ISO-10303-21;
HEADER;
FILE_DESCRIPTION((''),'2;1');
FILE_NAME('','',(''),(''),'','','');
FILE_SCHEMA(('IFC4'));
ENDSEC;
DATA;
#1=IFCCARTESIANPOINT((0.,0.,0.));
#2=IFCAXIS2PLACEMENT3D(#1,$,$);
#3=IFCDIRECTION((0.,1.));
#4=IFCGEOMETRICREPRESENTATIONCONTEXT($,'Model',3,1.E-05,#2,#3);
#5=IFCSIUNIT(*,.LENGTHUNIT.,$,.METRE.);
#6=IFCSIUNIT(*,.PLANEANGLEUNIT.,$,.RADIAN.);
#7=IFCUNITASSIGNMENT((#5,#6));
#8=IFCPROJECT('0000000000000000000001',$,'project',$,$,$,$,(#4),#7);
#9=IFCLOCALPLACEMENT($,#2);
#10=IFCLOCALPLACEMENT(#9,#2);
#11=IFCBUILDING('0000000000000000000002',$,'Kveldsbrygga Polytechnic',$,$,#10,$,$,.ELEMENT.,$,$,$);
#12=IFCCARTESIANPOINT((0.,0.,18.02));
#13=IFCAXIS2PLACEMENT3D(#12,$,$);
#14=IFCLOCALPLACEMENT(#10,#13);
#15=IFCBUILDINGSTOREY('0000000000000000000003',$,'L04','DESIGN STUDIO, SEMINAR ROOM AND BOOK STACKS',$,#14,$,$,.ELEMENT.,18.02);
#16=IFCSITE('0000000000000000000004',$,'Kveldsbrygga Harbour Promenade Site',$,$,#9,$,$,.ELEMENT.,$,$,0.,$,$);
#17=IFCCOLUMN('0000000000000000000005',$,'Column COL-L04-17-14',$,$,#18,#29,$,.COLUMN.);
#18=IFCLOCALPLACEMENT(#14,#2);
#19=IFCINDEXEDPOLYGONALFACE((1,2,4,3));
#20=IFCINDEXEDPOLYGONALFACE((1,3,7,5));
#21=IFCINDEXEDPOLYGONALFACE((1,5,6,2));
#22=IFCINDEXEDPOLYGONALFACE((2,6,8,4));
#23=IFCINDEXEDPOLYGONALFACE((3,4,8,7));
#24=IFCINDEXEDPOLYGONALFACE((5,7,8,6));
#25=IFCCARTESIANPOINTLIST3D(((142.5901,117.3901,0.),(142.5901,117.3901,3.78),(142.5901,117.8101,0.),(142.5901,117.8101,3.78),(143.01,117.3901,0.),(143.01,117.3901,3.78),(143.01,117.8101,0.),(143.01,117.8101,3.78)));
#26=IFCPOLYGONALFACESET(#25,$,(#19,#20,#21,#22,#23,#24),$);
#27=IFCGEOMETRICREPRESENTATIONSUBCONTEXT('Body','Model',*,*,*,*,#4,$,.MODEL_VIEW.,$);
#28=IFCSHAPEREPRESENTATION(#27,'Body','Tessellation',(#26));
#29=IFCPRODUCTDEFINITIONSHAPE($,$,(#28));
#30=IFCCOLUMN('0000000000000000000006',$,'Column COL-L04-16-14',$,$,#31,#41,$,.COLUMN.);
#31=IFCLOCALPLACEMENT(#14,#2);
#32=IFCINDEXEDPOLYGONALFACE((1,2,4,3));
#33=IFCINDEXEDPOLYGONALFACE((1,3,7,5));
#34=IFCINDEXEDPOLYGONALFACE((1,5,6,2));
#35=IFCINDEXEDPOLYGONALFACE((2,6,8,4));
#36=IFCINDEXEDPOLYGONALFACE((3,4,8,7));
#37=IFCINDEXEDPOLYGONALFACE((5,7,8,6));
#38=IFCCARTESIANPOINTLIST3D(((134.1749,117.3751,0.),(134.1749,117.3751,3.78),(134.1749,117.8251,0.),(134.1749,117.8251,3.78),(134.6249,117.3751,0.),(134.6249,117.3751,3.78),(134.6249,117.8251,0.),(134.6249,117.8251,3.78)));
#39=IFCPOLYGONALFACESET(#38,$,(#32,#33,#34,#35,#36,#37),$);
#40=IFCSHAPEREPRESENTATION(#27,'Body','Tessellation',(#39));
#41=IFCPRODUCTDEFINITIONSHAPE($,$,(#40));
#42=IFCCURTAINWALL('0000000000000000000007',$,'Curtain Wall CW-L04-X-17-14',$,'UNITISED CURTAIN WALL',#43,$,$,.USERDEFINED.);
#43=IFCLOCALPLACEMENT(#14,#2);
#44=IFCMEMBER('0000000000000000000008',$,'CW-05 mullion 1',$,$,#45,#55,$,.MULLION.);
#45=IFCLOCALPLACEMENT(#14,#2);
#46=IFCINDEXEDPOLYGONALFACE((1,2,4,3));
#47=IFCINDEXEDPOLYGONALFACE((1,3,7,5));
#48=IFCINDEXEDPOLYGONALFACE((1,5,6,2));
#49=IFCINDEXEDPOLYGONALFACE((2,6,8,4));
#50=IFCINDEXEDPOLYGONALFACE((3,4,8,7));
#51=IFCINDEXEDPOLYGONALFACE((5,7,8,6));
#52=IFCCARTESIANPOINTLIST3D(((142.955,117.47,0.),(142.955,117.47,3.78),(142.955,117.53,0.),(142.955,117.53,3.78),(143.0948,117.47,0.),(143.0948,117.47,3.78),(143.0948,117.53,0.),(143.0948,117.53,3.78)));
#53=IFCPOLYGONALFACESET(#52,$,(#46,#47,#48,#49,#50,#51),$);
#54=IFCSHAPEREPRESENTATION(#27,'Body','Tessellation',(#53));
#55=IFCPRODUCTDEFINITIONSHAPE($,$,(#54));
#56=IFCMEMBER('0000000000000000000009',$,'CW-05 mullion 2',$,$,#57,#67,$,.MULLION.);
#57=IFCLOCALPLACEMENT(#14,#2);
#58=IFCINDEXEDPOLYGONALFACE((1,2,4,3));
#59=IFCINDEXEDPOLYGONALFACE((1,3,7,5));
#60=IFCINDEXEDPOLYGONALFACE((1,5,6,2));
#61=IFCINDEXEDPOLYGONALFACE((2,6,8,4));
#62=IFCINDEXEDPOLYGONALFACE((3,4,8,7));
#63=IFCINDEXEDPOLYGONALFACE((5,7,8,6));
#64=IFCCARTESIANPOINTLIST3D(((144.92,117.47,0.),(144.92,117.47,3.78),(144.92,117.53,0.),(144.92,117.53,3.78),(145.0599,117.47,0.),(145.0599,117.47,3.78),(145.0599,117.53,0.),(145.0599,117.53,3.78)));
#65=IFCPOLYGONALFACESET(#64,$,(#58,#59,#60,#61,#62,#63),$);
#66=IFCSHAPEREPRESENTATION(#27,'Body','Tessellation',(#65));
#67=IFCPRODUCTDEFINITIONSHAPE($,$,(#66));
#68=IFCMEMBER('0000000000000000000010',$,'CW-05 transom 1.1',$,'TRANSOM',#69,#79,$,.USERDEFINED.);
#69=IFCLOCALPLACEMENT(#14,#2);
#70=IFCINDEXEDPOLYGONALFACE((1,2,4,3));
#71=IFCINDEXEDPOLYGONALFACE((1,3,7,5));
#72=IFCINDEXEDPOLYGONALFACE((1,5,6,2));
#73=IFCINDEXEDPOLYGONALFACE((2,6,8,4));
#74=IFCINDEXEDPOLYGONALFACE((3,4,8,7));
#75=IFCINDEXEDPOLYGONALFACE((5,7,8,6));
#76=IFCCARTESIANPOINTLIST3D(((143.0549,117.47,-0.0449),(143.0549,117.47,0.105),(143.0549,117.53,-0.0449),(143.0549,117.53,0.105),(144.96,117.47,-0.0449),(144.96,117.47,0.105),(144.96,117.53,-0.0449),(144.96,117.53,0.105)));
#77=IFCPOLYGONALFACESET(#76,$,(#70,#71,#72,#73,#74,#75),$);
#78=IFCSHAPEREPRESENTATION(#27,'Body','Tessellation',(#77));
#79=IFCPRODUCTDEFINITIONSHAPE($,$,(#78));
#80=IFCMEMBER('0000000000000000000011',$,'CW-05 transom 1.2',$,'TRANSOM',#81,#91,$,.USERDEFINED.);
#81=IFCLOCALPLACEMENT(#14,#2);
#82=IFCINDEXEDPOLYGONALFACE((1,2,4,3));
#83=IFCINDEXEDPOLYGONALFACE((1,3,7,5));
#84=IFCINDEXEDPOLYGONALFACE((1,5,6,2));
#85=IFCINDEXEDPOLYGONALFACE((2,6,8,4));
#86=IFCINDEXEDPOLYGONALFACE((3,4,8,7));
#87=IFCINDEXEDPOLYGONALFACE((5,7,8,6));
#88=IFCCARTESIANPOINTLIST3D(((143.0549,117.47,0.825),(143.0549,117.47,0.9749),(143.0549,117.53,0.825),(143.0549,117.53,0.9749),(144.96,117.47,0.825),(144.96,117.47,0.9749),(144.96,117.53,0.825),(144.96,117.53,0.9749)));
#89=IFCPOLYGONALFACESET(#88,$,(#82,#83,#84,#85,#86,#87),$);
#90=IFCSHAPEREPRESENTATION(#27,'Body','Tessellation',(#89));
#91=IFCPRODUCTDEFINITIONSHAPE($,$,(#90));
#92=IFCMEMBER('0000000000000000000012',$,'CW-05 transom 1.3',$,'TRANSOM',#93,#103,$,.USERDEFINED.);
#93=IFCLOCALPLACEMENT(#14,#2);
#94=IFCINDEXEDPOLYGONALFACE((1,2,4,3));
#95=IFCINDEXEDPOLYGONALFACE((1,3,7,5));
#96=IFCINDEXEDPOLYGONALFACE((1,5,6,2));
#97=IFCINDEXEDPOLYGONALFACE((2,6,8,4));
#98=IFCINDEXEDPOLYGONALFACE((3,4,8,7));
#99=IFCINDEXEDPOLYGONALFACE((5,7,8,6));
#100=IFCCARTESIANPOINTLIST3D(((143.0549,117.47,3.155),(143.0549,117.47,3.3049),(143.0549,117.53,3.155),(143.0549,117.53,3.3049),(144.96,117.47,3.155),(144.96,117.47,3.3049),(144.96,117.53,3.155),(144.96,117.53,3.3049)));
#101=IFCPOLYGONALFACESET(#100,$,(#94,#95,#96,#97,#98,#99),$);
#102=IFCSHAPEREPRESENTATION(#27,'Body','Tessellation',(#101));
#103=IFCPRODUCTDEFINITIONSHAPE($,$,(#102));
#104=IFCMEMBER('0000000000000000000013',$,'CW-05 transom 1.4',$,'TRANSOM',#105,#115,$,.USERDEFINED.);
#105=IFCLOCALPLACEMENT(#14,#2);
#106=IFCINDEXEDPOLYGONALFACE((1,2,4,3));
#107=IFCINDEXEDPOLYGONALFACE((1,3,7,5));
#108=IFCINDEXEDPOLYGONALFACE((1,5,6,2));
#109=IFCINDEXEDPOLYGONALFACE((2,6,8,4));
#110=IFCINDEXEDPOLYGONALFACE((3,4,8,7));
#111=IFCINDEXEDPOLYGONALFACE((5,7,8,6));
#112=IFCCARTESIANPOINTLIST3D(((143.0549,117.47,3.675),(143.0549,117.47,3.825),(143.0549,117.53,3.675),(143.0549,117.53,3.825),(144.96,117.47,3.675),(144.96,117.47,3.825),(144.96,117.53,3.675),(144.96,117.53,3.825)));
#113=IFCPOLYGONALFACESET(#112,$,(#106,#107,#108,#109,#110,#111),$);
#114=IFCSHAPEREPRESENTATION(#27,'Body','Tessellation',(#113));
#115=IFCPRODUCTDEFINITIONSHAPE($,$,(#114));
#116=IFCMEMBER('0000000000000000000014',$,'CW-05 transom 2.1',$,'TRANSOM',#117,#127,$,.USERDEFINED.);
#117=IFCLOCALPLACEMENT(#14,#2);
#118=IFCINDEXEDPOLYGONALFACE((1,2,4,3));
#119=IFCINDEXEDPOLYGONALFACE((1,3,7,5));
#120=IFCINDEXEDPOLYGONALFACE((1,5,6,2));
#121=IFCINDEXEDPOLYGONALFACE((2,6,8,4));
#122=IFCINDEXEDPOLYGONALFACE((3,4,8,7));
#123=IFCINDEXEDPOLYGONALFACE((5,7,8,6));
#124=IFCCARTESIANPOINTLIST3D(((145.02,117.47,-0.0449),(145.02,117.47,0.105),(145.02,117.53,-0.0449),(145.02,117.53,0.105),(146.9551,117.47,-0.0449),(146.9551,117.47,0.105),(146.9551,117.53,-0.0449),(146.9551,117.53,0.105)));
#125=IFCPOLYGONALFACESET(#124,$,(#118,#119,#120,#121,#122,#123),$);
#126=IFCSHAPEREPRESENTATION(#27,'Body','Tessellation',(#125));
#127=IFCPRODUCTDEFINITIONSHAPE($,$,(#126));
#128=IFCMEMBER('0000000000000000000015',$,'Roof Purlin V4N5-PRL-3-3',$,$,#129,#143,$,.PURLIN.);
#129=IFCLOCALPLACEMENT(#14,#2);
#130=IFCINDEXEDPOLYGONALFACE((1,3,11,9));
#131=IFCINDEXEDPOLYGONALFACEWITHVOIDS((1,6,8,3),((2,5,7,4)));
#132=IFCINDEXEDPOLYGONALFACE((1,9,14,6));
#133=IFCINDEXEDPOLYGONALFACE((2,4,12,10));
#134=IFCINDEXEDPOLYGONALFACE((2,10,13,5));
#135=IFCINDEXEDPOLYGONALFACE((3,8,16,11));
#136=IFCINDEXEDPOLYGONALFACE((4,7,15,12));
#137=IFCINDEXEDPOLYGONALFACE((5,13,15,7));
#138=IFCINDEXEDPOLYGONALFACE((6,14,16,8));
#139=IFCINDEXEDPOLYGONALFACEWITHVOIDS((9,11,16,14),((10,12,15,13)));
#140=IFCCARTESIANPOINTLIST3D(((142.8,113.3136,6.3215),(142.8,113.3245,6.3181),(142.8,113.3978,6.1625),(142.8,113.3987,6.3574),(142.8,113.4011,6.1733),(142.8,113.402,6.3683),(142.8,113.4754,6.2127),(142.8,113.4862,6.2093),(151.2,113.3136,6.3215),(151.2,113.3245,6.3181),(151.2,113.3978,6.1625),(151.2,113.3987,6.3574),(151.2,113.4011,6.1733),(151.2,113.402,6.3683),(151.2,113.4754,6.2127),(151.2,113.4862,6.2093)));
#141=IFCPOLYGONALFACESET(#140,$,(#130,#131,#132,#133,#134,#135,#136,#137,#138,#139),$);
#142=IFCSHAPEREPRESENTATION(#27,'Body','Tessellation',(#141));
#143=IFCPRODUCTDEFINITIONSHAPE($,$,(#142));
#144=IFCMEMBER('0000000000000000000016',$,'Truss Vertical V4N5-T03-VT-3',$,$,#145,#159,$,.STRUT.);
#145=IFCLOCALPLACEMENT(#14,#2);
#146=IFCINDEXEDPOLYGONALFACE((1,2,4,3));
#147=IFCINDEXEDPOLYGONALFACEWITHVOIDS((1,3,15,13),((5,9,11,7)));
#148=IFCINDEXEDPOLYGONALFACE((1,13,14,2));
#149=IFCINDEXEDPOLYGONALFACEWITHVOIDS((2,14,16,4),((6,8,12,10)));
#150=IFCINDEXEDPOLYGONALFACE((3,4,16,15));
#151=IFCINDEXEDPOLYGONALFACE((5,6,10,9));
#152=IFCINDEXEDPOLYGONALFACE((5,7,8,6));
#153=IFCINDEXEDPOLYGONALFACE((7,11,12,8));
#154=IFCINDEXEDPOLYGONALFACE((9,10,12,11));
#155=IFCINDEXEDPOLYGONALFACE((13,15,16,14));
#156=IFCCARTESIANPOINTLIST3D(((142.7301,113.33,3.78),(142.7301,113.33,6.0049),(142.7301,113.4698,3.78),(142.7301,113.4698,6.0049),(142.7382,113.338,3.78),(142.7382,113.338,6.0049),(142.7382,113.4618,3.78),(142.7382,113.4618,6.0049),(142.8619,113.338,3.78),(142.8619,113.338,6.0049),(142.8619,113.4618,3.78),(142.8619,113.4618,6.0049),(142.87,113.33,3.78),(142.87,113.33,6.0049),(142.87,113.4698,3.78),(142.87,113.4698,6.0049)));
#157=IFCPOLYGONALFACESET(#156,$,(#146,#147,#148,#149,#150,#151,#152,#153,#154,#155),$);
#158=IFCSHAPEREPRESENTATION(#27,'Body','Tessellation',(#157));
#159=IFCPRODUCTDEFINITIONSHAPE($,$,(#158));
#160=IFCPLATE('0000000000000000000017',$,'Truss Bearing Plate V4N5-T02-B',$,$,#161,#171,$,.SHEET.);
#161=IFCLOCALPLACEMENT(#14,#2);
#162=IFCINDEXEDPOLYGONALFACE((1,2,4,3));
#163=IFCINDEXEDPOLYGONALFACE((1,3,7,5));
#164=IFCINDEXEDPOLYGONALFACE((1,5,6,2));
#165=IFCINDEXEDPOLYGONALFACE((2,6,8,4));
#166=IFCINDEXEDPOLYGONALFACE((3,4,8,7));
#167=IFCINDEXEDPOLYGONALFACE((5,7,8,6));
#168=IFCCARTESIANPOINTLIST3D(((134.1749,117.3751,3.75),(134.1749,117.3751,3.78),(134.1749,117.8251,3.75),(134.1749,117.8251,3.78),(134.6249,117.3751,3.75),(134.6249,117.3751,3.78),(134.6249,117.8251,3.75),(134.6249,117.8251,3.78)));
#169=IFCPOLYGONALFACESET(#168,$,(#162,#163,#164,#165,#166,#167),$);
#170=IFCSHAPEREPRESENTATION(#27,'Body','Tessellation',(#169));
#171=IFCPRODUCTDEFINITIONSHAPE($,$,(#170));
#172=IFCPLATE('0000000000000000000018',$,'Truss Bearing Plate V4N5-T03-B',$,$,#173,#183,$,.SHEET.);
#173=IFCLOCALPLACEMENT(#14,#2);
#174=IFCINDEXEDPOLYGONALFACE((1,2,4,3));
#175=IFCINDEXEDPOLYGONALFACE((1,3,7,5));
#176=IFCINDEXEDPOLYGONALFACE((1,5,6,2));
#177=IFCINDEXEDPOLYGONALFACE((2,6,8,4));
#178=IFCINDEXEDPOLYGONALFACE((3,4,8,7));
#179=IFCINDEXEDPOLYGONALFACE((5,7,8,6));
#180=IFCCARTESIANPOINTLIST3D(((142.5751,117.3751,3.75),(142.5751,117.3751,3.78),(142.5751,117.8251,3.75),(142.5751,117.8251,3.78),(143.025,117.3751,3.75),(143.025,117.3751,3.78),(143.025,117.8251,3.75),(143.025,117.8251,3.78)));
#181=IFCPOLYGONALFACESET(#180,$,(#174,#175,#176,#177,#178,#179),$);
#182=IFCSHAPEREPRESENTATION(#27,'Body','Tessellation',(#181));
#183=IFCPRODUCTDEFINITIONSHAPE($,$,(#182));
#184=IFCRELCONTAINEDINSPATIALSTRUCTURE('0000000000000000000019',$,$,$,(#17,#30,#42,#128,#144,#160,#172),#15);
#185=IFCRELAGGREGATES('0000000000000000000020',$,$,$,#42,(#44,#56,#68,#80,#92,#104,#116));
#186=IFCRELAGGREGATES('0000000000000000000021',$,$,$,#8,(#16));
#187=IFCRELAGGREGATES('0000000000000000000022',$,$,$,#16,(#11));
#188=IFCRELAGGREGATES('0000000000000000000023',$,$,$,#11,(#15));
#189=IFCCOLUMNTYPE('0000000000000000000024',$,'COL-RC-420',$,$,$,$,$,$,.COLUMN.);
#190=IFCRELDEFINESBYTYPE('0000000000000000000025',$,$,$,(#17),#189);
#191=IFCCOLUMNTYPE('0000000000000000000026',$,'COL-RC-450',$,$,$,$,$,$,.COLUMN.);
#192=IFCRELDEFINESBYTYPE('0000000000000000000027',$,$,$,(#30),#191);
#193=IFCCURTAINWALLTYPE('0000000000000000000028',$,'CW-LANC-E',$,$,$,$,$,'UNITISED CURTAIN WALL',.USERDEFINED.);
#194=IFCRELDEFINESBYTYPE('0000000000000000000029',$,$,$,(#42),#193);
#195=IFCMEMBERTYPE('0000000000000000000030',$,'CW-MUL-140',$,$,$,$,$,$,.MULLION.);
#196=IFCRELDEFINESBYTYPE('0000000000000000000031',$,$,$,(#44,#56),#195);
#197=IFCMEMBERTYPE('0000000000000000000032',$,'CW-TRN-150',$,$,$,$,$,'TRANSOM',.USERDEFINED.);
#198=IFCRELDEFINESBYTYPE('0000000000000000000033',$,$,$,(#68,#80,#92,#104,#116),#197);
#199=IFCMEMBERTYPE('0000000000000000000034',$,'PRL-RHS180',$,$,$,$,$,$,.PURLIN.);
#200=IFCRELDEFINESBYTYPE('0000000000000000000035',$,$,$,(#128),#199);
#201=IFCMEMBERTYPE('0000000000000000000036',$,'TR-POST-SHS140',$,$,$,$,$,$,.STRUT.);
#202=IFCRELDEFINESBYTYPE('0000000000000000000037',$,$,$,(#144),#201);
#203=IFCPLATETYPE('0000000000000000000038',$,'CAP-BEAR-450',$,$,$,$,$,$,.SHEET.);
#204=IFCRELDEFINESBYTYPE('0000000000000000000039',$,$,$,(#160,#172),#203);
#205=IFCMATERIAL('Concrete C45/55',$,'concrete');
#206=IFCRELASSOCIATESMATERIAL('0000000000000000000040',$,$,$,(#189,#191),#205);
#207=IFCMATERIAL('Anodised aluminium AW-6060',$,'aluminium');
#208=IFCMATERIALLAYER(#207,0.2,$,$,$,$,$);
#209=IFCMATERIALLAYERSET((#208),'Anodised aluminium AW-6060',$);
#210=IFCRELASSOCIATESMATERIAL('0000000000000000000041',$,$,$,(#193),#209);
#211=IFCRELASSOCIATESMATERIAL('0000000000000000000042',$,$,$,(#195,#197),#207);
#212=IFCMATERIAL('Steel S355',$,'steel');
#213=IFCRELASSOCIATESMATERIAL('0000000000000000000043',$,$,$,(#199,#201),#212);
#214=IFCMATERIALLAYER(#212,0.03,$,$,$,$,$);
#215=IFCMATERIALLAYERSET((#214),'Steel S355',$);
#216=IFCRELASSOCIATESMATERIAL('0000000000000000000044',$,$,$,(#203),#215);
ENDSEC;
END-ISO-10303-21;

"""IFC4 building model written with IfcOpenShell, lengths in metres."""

from ifc_helpers import new_model, si_unit, direction, frame, origin, origin_2d, place, context, subcontext, project, spatial, rectangle, hollow_rectangle, extrude, material, layer, layer_set, material_profile, profile_set, type_object, element, aggregate, save


model = new_model("IFC4")

# Units and contexts
model_context = context("Model", 3, precision=1e-05, world=origin(), true_north=direction((0.0, 1.0)))
body_context = subcontext(model_context, "Body", "Model", "MODEL_VIEW")
ifc_project = project(units=[si_unit("LENGTHUNIT", "METRE"), si_unit("PLANEANGLEUNIT", "RADIAN")], contexts=[model_context])

# Site, building, storey
site_placement = place(None, origin())
site = spatial("IfcSite", under=ifc_project, at=site_placement, Name="Kveldsbrygga Harbour Promenade Site", CompositionType="ELEMENT", RefElevation=0.0)
building_placement = place(site_placement, origin())
building = spatial("IfcBuilding", under=site, at=building_placement, Name="Kveldsbrygga Polytechnic", CompositionType="ELEMENT")
storey_placement = place(building_placement, frame((0.0, 0.0, 18.02)))
storey = spatial("IfcBuildingStorey", under=building, at=storey_placement, Name="L04", Description="DESIGN STUDIO, SEMINAR ROOM AND BOOK STACKS", CompositionType="ELEMENT", Elevation=18.02)

# Columns
ifc_material_1 = material(Name="Concrete C45/55", Category="concrete")
ifc_material_profile_1 = material_profile(ifc_material_1, rectangle(XDim=0.4199, YDim=0.4199, at=origin_2d()), Name="RC 420x420")
ifc_profile_set_1 = profile_set([ifc_material_profile_1], Name="Concrete C45/55")
column_type_1 = type_object("IfcColumnType", Name="COL-RC-420", PredefinedType="COLUMN", material=ifc_profile_set_1)
column_1_placement = place(storey_placement, frame((142.8, 117.6001, 0.0), z_axis=(0.0, 0.0, 1.0), x_axis=(1.0, 0.0, 0.0)))
element("IfcColumn", 1, at=column_1_placement, inside=storey, type_object=column_type_1, Name="Column COL-L04-17-14", PredefinedType="COLUMN", context=body_context, shape_type="SweptSolid", body=[
    extrude(rectangle(XDim=0.4199, YDim=0.4199, at=origin_2d()), origin(), (0.0, 0.0, 1.0), 3.78),
])
ifc_material_profile_2 = material_profile(ifc_material_1, rectangle(XDim=0.45, YDim=0.45, at=origin_2d()), Name="RC 450x450")
ifc_profile_set_2 = profile_set([ifc_material_profile_2], Name="Concrete C45/55")
column_type_2 = type_object("IfcColumnType", Name="COL-RC-450", PredefinedType="COLUMN", material=ifc_profile_set_2)
column_2_placement = place(storey_placement, frame((134.3999, 117.6001, 0.0), z_axis=(0.0, 0.0, 1.0), x_axis=(1.0, 0.0, 0.0)))
element("IfcColumn", 2, at=column_2_placement, inside=storey, type_object=column_type_2, Name="Column COL-L04-16-14", PredefinedType="COLUMN", context=body_context, shape_type="SweptSolid", body=[
    extrude(rectangle(XDim=0.45, YDim=0.45, at=origin_2d()), origin(), (0.0, 0.0, 1.0), 3.78),
])

# Curtain wall, members
ifc_material_2 = material(Name="Anodised aluminium AW-6060", Category="aluminium")
ifc_layer_1 = layer(ifc_material_2, 0.2)
ifc_layer_set_1 = layer_set([ifc_layer_1], Name="Anodised aluminium AW-6060")
curtain_wall_type = type_object("IfcCurtainWallType", Name="CW-LANC-E", ElementType="UNITISED CURTAIN WALL", PredefinedType="USERDEFINED", material=ifc_layer_set_1)
curtain_wall_placement = place(storey_placement, origin())
curtain_wall = element("IfcCurtainWall", 3, at=curtain_wall_placement, inside=storey, type_object=curtain_wall_type, Name="Curtain Wall CW-L04-X-17-14", ObjectType="UNITISED CURTAIN WALL", PredefinedType="USERDEFINED")
ifc_material_profile_3 = material_profile(ifc_material_2, rectangle(XDim=0.0601, YDim=0.1399, at=origin_2d()), Name="ALU 60x140")
ifc_profile_set_3 = profile_set([ifc_material_profile_3], Name="Anodised aluminium AW-6060")
member_type_1 = type_object("IfcMemberType", Name="CW-MUL-140", PredefinedType="MULLION", material=ifc_profile_set_3)
member_1_placement = place(storey_placement, frame((143.0249, 117.5, 0.0), z_axis=(0.0, 0.0, 1.0), x_axis=(0.0, 1.0, 0.0)))
member_1 = element("IfcMember", 4, at=member_1_placement, type_object=member_type_1, Name="CW-05 mullion 1", PredefinedType="MULLION", context=body_context, shape_type="SweptSolid", body=[
    extrude(rectangle(XDim=0.0601, YDim=0.1399, at=origin_2d()), origin(), (0.0, 0.0, 1.0), 3.78),
])
member_2_placement = place(storey_placement, frame((144.99, 117.5, 0.0), z_axis=(0.0, 0.0, 1.0), x_axis=(0.0, 1.0, 0.0)))
member_2 = element("IfcMember", 5, at=member_2_placement, type_object=member_type_1, Name="CW-05 mullion 2", PredefinedType="MULLION", context=body_context, shape_type="SweptSolid", body=[
    extrude(rectangle(XDim=0.0601, YDim=0.1399, at=origin_2d()), origin(), (0.0, 0.0, 1.0), 3.78),
])
ifc_material_profile_4 = material_profile(ifc_material_2, rectangle(XDim=0.0601, YDim=0.1499, at=origin_2d()), Name="ALU 60x150")
ifc_profile_set_4 = profile_set([ifc_material_profile_4], Name="Anodised aluminium AW-6060")
member_type_2 = type_object("IfcMemberType", Name="CW-TRN-150", ElementType="TRANSOM", PredefinedType="USERDEFINED", material=ifc_profile_set_4)
member_3_placement = place(storey_placement, frame((143.0549, 117.5, 0.03), z_axis=(1.0, 0.0, 0.0), x_axis=(0.0, 1.0, 0.0)))
member_3 = element("IfcMember", 6, at=member_3_placement, type_object=member_type_2, Name="CW-05 transom 1.1", ObjectType="TRANSOM", PredefinedType="USERDEFINED", context=body_context, shape_type="SweptSolid", body=[
    extrude(rectangle(XDim=0.0601, YDim=0.1499, at=origin_2d()), origin(), (0.0, 0.0, 1.0), 1.905),
])
member_4_placement = place(storey_placement, frame((143.0549, 117.5, 0.8999), z_axis=(1.0, 0.0, 0.0), x_axis=(0.0, 1.0, 0.0)))
member_4 = element("IfcMember", 7, at=member_4_placement, type_object=member_type_2, Name="CW-05 transom 1.2", ObjectType="TRANSOM", PredefinedType="USERDEFINED", context=body_context, shape_type="SweptSolid", body=[
    extrude(rectangle(XDim=0.0601, YDim=0.1499, at=origin_2d()), origin(), (0.0, 0.0, 1.0), 1.905),
])
member_5_placement = place(storey_placement, frame((143.0549, 117.5, 3.23), z_axis=(1.0, 0.0, 0.0), x_axis=(0.0, 1.0, 0.0)))
member_5 = element("IfcMember", 8, at=member_5_placement, type_object=member_type_2, Name="CW-05 transom 1.3", ObjectType="TRANSOM", PredefinedType="USERDEFINED", context=body_context, shape_type="SweptSolid", body=[
    extrude(rectangle(XDim=0.0601, YDim=0.1499, at=origin_2d()), origin(), (0.0, 0.0, 1.0), 1.905),
])
member_6_placement = place(storey_placement, frame((143.0549, 117.5, 3.75), z_axis=(1.0, 0.0, 0.0), x_axis=(0.0, 1.0, 0.0)))
member_6 = element("IfcMember", 9, at=member_6_placement, type_object=member_type_2, Name="CW-05 transom 1.4", ObjectType="TRANSOM", PredefinedType="USERDEFINED", context=body_context, shape_type="SweptSolid", body=[
    extrude(rectangle(XDim=0.0601, YDim=0.1499, at=origin_2d()), origin(), (0.0, 0.0, 1.0), 1.905),
])
member_7_placement = place(storey_placement, frame((145.02, 117.5, 0.03), z_axis=(1.0, 0.0, 0.0), x_axis=(0.0, 1.0, 0.0)))
member_7 = element("IfcMember", 10, at=member_7_placement, type_object=member_type_2, Name="CW-05 transom 2.1", ObjectType="TRANSOM", PredefinedType="USERDEFINED", context=body_context, shape_type="SweptSolid", body=[
    extrude(rectangle(XDim=0.0601, YDim=0.1499, at=origin_2d()), origin(), (0.0, 0.0, 1.0), 1.9351),
])

# Members
ifc_material_3 = material(Name="Steel S355", Category="steel")
ifc_material_profile_5 = material_profile(ifc_material_3, hollow_rectangle(XDim=0.1001, YDim=0.1799, WallThickness=0.0081, at=origin_2d()), Name="RHS 180x100x8.0")
ifc_profile_set_5 = profile_set([ifc_material_profile_5], Name="Steel S355")
member_type_3 = type_object("IfcMemberType", Name="PRL-RHS180", PredefinedType="PURLIN", material=ifc_profile_set_5)
member_8_placement = place(storey_placement, frame((142.8, 113.3999, 6.2654), z_axis=(1.0, 0.0, 0.0), x_axis=(0.0, 0.88366, 0.468129)))
element("IfcMember", 11, at=member_8_placement, inside=storey, type_object=member_type_3, Name="Roof Purlin V4N5-PRL-3-3", PredefinedType="PURLIN", context=body_context, shape_type="SweptSolid", body=[
    extrude(hollow_rectangle(XDim=0.1001, YDim=0.1799, WallThickness=0.0081, at=origin_2d()), origin(), (0.0, 0.0, 1.0), 8.3999),
])
ifc_material_profile_6 = material_profile(ifc_material_3, hollow_rectangle(XDim=0.1399, YDim=0.1399, WallThickness=0.0081, at=origin_2d()), Name="SHS 140x140x8.0")
ifc_profile_set_6 = profile_set([ifc_material_profile_6], Name="Steel S355")
member_type_4 = type_object("IfcMemberType", Name="TR-POST-SHS140", PredefinedType="STRUT", material=ifc_profile_set_6)
member_9_placement = place(storey_placement, frame((142.8, 113.3999, 3.78), z_axis=(0.0, 0.0, 1.0), x_axis=(1.0, 0.0, 0.0)))
element("IfcMember", 12, at=member_9_placement, inside=storey, type_object=member_type_4, Name="Truss Vertical V4N5-T03-VT-3", PredefinedType="STRUT", context=body_context, shape_type="SweptSolid", body=[
    extrude(hollow_rectangle(XDim=0.1399, YDim=0.1399, WallThickness=0.0081, at=origin_2d()), origin(), (0.0, 0.0, 1.0), 2.2249),
])

# Plates
ifc_layer_2 = layer(ifc_material_3, 0.03)
ifc_layer_set_2 = layer_set([ifc_layer_2], Name="Steel S355")
plate_type_1 = type_object("IfcPlateType", Name="CAP-BEAR-450", PredefinedType="SHEET", material=ifc_layer_set_2)
for number, where, z_axis, x_axis, name in (
    (13, (134.3999, 117.6001, 3.75), (0.0, 0.0, 1.0), (1.0, 0.0, 0.0), "Truss Bearing Plate V4N5-T02-B"),
    (14, (142.8, 117.6001, 3.75), (0.0, 0.0, 1.0), (1.0, 0.0, 0.0), "Truss Bearing Plate V4N5-T03-B"),
):
    element("IfcPlate", number, at=place(storey_placement, frame(where, z_axis=z_axis, x_axis=x_axis)), inside=storey, type_object=plate_type_1, Name=name, PredefinedType="SHEET", context=body_context, shape_type="SweptSolid", body=[
        extrude(rectangle(XDim=0.45, YDim=0.45, at=origin_2d()), origin(), (0.0, 0.0, 1.0), 0.03),
    ])

aggregate(curtain_wall, [member_1, member_2, member_3, member_4, member_5, member_6, member_7])

save(model, "model.ifc")
